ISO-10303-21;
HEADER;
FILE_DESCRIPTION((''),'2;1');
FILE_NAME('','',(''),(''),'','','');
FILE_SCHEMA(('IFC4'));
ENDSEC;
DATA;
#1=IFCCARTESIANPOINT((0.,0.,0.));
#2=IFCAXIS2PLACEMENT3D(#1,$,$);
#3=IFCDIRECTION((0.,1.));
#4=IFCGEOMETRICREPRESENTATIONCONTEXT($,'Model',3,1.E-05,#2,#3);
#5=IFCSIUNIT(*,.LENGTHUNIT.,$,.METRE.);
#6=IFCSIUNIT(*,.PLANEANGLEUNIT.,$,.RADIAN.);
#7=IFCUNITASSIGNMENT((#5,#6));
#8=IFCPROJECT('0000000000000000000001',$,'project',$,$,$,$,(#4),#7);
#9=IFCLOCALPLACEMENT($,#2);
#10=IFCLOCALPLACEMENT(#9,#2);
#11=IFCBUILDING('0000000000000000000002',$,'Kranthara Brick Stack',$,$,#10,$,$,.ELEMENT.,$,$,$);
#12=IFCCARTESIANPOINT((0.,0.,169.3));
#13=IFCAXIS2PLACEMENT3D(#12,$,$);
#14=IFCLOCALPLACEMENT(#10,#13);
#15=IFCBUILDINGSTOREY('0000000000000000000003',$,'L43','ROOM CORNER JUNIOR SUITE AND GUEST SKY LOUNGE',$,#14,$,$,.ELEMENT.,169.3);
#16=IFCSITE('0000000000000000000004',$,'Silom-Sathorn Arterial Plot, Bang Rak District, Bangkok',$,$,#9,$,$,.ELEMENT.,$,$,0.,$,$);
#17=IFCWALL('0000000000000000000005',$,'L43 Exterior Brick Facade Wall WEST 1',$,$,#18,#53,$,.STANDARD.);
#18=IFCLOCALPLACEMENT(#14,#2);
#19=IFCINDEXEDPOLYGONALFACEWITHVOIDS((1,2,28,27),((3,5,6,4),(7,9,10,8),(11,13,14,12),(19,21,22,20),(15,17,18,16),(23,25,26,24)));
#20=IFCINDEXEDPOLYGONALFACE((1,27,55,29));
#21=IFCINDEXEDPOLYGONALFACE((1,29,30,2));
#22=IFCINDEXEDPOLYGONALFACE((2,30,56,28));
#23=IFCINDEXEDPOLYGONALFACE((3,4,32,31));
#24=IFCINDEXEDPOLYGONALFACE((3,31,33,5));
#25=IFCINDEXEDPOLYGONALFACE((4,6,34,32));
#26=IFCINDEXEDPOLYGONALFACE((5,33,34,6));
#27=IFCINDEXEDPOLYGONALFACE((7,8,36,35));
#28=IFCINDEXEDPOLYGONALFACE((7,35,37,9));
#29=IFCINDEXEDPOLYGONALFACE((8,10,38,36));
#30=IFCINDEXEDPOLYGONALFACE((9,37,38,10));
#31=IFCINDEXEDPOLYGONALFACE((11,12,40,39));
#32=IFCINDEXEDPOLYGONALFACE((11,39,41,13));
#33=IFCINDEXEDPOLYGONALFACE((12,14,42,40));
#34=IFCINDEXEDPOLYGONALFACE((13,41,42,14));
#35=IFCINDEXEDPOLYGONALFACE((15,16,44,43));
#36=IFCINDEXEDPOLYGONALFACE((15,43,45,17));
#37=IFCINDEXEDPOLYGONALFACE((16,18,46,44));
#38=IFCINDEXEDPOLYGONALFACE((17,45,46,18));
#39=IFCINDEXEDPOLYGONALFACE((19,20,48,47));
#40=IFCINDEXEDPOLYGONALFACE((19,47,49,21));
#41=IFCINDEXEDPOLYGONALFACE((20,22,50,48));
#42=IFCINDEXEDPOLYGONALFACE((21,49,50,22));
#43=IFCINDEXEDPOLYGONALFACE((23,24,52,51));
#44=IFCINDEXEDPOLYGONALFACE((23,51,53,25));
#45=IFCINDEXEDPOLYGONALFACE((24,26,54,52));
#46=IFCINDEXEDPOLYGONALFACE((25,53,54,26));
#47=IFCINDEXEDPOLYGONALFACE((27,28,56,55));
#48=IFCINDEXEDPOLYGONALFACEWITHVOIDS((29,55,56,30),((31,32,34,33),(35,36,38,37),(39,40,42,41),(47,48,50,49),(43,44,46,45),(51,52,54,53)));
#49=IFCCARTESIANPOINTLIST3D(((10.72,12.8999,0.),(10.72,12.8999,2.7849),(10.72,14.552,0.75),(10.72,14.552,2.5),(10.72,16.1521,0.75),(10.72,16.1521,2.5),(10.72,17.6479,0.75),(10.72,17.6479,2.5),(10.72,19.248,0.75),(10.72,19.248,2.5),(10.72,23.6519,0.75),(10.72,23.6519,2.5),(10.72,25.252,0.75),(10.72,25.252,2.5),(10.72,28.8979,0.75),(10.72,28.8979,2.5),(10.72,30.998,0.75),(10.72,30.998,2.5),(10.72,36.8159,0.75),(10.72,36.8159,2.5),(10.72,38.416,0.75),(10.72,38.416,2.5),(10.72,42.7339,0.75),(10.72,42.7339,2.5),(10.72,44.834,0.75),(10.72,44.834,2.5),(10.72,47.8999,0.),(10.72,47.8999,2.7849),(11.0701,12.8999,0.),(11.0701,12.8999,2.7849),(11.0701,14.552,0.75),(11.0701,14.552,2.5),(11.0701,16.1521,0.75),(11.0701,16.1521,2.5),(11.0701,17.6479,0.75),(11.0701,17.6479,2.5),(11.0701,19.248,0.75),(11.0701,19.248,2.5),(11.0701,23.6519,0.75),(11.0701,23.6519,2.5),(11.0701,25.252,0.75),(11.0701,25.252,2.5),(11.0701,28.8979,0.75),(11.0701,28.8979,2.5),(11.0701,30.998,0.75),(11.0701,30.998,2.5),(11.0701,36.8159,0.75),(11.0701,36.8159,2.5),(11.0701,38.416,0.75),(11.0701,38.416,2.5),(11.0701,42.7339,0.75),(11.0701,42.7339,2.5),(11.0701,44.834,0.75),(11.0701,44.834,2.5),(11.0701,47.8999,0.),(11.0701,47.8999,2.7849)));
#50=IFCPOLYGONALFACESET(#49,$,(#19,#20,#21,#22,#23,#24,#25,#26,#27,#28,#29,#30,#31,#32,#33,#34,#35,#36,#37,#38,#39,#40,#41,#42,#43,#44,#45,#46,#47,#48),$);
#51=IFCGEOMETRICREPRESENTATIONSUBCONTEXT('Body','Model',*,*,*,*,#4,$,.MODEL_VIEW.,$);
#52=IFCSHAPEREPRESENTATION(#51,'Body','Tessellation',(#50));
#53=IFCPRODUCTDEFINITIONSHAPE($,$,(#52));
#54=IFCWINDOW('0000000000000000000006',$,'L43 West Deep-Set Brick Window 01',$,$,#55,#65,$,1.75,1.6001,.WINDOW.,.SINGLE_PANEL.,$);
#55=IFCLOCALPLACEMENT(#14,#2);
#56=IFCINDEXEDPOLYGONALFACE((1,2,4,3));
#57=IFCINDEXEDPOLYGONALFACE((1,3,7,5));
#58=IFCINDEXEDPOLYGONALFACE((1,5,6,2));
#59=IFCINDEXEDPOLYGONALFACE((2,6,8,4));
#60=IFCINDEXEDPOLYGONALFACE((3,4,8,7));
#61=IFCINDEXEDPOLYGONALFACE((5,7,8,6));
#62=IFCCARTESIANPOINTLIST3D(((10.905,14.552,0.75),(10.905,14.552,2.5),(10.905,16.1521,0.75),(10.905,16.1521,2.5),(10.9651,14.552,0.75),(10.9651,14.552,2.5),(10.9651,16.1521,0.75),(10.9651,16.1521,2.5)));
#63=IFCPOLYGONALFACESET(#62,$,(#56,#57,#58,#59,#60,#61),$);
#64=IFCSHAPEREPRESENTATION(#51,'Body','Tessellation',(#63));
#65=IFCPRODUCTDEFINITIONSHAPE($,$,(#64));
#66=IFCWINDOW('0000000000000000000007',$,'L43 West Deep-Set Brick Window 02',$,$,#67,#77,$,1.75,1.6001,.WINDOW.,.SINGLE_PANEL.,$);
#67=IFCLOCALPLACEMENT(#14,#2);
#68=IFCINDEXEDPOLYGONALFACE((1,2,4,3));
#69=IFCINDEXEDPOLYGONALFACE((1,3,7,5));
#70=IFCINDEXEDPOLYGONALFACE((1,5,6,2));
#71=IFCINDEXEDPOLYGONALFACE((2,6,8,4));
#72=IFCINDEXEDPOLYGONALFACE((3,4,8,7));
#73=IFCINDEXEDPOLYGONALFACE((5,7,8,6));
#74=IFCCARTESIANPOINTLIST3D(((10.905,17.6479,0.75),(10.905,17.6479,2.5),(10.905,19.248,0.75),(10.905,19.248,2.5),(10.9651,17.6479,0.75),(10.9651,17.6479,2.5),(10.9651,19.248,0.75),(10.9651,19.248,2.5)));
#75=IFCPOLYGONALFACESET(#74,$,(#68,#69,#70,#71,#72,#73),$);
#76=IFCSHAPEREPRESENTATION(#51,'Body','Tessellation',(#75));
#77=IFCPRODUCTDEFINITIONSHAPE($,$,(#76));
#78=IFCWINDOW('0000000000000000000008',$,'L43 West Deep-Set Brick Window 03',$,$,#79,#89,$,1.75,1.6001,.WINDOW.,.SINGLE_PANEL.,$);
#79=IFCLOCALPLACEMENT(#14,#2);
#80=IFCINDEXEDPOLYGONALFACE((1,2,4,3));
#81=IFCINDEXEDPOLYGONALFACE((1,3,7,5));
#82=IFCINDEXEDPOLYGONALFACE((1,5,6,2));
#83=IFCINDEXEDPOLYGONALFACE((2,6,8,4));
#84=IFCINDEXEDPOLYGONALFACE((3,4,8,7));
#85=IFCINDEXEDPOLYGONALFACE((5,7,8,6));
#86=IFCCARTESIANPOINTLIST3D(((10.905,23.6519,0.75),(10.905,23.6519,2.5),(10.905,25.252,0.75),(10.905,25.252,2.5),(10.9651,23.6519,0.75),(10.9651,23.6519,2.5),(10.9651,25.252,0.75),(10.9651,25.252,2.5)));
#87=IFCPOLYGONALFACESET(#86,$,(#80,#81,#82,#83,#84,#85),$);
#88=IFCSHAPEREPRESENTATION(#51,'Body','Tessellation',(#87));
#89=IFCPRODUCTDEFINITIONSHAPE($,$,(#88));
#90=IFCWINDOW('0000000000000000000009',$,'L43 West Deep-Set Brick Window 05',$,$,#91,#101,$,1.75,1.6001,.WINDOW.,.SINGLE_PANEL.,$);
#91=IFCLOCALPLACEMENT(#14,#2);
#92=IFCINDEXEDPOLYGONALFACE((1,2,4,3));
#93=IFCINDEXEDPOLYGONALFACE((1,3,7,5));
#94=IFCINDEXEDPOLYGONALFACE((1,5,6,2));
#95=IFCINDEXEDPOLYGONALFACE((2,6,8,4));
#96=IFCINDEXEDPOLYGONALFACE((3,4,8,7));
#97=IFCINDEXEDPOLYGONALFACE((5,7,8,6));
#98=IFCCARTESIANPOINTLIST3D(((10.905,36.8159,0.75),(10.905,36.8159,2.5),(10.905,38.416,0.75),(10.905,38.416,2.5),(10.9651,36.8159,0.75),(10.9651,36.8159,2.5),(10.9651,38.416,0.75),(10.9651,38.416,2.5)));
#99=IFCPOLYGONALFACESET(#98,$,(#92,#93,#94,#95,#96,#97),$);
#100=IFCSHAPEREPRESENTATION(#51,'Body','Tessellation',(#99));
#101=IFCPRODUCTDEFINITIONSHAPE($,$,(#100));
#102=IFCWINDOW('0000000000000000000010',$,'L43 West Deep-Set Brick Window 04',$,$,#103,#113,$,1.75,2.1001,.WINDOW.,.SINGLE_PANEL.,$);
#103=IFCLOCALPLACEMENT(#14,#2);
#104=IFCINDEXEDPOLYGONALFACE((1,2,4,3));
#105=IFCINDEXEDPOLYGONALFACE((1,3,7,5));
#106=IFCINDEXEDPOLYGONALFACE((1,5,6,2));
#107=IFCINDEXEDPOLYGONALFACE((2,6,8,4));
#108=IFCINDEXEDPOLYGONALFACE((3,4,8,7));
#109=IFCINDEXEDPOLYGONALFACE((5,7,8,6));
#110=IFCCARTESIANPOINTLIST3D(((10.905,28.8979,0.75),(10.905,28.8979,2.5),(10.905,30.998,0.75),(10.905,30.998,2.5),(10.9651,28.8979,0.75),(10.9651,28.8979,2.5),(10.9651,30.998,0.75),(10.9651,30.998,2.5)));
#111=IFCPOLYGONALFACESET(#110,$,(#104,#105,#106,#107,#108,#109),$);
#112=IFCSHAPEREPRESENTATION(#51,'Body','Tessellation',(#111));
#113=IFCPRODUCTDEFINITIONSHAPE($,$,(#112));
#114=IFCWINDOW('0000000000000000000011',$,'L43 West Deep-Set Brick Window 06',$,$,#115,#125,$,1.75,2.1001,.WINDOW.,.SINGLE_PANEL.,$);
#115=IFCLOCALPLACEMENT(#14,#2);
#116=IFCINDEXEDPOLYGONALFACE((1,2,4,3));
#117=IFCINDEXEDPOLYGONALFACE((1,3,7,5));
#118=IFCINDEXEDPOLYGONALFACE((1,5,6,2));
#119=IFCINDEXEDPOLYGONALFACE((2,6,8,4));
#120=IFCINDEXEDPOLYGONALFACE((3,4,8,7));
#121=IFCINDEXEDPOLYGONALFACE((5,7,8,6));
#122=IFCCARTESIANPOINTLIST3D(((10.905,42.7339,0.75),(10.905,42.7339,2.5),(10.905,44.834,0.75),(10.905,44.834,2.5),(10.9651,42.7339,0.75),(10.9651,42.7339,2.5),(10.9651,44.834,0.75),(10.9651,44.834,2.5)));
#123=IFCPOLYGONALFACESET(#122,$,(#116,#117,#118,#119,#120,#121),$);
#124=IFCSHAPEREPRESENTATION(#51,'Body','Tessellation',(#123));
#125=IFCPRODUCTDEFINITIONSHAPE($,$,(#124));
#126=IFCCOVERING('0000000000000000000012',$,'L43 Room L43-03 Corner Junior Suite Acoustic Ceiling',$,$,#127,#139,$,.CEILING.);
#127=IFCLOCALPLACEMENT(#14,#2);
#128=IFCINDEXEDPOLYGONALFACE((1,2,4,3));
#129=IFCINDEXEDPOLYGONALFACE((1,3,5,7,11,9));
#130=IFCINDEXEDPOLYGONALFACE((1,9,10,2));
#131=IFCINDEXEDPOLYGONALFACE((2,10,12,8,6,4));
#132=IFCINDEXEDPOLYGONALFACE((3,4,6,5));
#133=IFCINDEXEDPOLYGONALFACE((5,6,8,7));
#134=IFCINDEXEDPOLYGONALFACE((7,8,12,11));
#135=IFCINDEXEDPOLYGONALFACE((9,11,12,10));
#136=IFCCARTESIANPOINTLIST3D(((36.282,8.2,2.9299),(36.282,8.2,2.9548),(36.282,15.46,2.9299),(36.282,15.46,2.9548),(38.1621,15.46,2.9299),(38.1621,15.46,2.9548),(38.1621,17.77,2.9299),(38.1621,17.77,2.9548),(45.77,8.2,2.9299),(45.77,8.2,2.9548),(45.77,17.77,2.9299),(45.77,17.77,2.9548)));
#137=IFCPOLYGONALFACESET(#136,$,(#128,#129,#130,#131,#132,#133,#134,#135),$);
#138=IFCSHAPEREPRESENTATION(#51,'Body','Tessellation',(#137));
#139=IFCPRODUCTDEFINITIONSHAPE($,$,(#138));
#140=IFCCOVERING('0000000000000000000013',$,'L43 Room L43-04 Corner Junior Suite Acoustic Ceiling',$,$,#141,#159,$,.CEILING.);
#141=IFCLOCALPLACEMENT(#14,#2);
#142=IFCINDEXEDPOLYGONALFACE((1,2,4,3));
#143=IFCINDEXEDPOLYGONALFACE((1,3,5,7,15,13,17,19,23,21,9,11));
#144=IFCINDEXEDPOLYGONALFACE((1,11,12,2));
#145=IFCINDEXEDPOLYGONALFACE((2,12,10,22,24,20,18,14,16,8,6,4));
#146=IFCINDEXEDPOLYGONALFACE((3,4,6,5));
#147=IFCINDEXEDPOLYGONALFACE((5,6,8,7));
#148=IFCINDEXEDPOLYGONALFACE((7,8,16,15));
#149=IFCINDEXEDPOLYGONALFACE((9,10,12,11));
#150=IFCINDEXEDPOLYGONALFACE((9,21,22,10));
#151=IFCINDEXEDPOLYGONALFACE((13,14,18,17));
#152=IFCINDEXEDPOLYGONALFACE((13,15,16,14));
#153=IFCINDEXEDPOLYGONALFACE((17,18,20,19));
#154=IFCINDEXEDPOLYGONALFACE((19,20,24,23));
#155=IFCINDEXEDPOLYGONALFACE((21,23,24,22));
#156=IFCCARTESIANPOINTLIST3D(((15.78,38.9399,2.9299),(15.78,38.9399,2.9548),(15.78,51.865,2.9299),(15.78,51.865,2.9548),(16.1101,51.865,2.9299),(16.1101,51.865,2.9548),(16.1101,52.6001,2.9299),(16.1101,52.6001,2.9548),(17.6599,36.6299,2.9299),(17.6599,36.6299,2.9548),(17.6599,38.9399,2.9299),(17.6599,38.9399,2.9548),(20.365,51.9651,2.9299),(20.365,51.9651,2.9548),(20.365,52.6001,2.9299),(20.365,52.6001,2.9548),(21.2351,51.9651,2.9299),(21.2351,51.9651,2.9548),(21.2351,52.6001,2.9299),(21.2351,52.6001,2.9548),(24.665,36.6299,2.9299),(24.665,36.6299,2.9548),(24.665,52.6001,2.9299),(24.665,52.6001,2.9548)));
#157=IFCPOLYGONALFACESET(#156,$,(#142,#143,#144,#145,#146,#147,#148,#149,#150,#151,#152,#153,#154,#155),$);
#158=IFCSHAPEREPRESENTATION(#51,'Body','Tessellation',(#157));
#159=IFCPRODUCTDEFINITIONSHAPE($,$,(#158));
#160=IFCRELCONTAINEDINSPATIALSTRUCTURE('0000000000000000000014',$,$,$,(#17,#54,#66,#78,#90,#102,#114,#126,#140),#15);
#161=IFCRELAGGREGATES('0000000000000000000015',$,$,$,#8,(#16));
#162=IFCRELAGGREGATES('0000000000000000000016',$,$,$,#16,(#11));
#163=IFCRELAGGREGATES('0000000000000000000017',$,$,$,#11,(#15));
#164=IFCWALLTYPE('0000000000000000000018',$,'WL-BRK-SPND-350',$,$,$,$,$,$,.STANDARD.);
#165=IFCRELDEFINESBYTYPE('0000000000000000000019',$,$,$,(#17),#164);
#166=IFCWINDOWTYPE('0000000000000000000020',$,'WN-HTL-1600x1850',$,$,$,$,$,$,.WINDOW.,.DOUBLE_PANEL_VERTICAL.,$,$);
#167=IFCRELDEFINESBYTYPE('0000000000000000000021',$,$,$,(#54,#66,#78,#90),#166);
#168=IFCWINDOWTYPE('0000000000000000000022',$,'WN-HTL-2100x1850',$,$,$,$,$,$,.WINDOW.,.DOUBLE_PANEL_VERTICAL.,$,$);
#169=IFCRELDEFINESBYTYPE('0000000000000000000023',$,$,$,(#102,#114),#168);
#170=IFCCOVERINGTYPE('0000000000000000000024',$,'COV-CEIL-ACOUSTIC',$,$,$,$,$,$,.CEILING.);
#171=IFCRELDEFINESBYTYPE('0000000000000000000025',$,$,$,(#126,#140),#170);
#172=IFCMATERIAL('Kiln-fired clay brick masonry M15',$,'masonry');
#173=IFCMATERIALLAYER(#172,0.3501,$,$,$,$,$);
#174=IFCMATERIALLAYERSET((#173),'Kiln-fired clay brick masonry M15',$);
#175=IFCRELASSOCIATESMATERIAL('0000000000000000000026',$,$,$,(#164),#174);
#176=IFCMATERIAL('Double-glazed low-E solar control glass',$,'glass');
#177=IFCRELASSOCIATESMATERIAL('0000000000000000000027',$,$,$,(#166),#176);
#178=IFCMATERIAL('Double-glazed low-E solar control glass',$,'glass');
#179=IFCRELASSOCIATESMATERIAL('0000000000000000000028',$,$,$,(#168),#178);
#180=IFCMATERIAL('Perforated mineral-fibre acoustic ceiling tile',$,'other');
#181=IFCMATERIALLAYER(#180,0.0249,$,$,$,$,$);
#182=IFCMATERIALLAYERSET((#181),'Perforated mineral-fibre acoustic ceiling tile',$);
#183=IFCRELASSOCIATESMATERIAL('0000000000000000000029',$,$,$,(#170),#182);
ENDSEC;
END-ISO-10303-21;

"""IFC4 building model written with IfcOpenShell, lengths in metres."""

from ifc_helpers import new_model, si_unit, direction, frame, frame_2d, origin, place, context, subcontext, project, spatial, polyline, rectangle, outline, extrude, material, layer, layer_set, type_object, element, fill, save


model = new_model("IFC4")

# Units and contexts
model_context = context("Model", 3, precision=1e-05, world=origin(), true_north=direction((0.0, 1.0)))
body_context = subcontext(model_context, "Body", "Model", "MODEL_VIEW")
ifc_project = project(units=[si_unit("LENGTHUNIT", "METRE"), si_unit("PLANEANGLEUNIT", "RADIAN")], contexts=[model_context])

# Site, building, storey
site_placement = place(None, origin())
site = spatial("IfcSite", under=ifc_project, at=site_placement, Name="Silom-Sathorn Arterial Plot, Bang Rak District, Bangkok", CompositionType="ELEMENT", RefElevation=0.0)
building_placement = place(site_placement, origin())
building = spatial("IfcBuilding", under=site, at=building_placement, Name="Kranthara Brick Stack", CompositionType="ELEMENT")
storey_placement = place(building_placement, frame((0.0, 0.0, 169.3)))
storey = spatial("IfcBuildingStorey", under=building, at=storey_placement, Name="L43", Description="ROOM CORNER JUNIOR SUITE AND GUEST SKY LOUNGE", CompositionType="ELEMENT", Elevation=169.3)

# Wall, openings, windows
ifc_material_1 = material(Name="Kiln-fired clay brick masonry M15", Category="masonry")
ifc_layer_1 = layer(ifc_material_1, 0.3501)
ifc_layer_set_1 = layer_set([ifc_layer_1], Name="Kiln-fired clay brick masonry M15")
wall_type = type_object("IfcWallType", Name="WL-BRK-SPND-350", PredefinedType="STANDARD", material=ifc_layer_set_1)
wall_placement = place(storey_placement, frame((10.895, 12.8999, 0.0), z_axis=(0.0, 0.0, 1.0), x_axis=(0.0, 1.0, 0.0)))
wall = element("IfcWall", 1, at=wall_placement, inside=storey, type_object=wall_type, Name="L43 Exterior Brick Facade Wall WEST 1", PredefinedType="STANDARD", context=body_context, shape_type="SweptSolid", body=[
    extrude(rectangle(XDim=35.0, YDim=0.3501, at=frame_2d((17.5, 0.0))), origin(), (0.0, 0.0, 1.0), 2.7849),
])
opening_1_placement = place(wall_placement, frame((1.6521, 0.0, 0.75)))
opening_1 = element("IfcOpeningElement", 2, at=opening_1_placement, cuts=wall, PredefinedType="OPENING", context=body_context, shape_type="SweptSolid", body=[
    extrude(rectangle(XDim=1.6001, YDim=1.75, at=frame_2d((0.8, 0.875))), frame((0.0, 0.1851, 0.0), z_axis=(0.0, -1.0, 0.0), x_axis=(1.0, 0.0, 0.0)), (0.0, 0.0, 1.0), 0.3701),
])
opening_2_placement = place(wall_placement, frame((4.748, 0.0, 0.75)))
opening_2 = element("IfcOpeningElement", 3, at=opening_2_placement, cuts=wall, PredefinedType="OPENING", context=body_context, shape_type="SweptSolid", body=[
    extrude(rectangle(XDim=1.6001, YDim=1.75, at=frame_2d((0.8, 0.875))), frame((0.0, 0.1851, 0.0), z_axis=(0.0, -1.0, 0.0), x_axis=(1.0, 0.0, 0.0)), (0.0, 0.0, 1.0), 0.3701),
])
opening_3_placement = place(wall_placement, frame((10.752, 0.0, 0.75)))
opening_3 = element("IfcOpeningElement", 4, at=opening_3_placement, cuts=wall, PredefinedType="OPENING", context=body_context, shape_type="SweptSolid", body=[
    extrude(rectangle(XDim=1.6001, YDim=1.75, at=frame_2d((0.8, 0.875))), frame((0.0, 0.1851, 0.0), z_axis=(0.0, -1.0, 0.0), x_axis=(1.0, 0.0, 0.0)), (0.0, 0.0, 1.0), 0.3701),
])
opening_4_placement = place(wall_placement, frame((15.998, 0.0, 0.75)))
opening_4 = element("IfcOpeningElement", 5, at=opening_4_placement, cuts=wall, PredefinedType="OPENING", context=body_context, shape_type="SweptSolid", body=[
    extrude(rectangle(XDim=2.1001, YDim=1.75, at=frame_2d((1.05, 0.875))), frame((0.0, 0.1851, 0.0), z_axis=(0.0, -1.0, 0.0), x_axis=(1.0, 0.0, 0.0)), (0.0, 0.0, 1.0), 0.3701),
])
opening_5_placement = place(wall_placement, frame((23.916, 0.0, 0.75)))
opening_5 = element("IfcOpeningElement", 6, at=opening_5_placement, cuts=wall, PredefinedType="OPENING", context=body_context, shape_type="SweptSolid", body=[
    extrude(rectangle(XDim=1.6001, YDim=1.75, at=frame_2d((0.8, 0.875))), frame((0.0, 0.1851, 0.0), z_axis=(0.0, -1.0, 0.0), x_axis=(1.0, 0.0, 0.0)), (0.0, 0.0, 1.0), 0.3701),
])
opening_6_placement = place(wall_placement, frame((29.834, 0.0, 0.75)))
opening_6 = element("IfcOpeningElement", 7, at=opening_6_placement, cuts=wall, PredefinedType="OPENING", context=body_context, shape_type="SweptSolid", body=[
    extrude(rectangle(XDim=2.1001, YDim=1.75, at=frame_2d((1.05, 0.875))), frame((0.0, 0.1851, 0.0), z_axis=(0.0, -1.0, 0.0), x_axis=(1.0, 0.0, 0.0)), (0.0, 0.0, 1.0), 0.3701),
])
ifc_material_2 = material(Name="Double-glazed low-E solar control glass", Category="glass")
window_type_1 = type_object("IfcWindowType", Name="WN-HTL-1600x1850", PartitioningType="DOUBLE_PANEL_VERTICAL", PredefinedType="WINDOW", material=ifc_material_2)
window_1_placement = place(opening_1_placement, origin())
window_1 = element("IfcWindow", 8, at=window_1_placement, inside=storey, type_object=window_type_1, Name="L43 West Deep-Set Brick Window 01", OverallHeight=1.75, OverallWidth=1.6001, PartitioningType="SINGLE_PANEL", PredefinedType="WINDOW", context=body_context, shape_type="SweptSolid", body=[
    extrude(rectangle(XDim=1.6001, YDim=1.75, at=frame_2d((0.8, 0.875))), frame((0.0, -0.01, 0.0), z_axis=(0.0, -1.0, 0.0), x_axis=(1.0, 0.0, 0.0)), (0.0, 0.0, 1.0), 0.0601),
])
fill(opening_1, window_1)
window_2_placement = place(opening_2_placement, origin())
window_2 = element("IfcWindow", 9, at=window_2_placement, inside=storey, type_object=window_type_1, Name="L43 West Deep-Set Brick Window 02", OverallHeight=1.75, OverallWidth=1.6001, PartitioningType="SINGLE_PANEL", PredefinedType="WINDOW", context=body_context, shape_type="SweptSolid", body=[
    extrude(rectangle(XDim=1.6001, YDim=1.75, at=frame_2d((0.8, 0.875))), frame((0.0, -0.01, 0.0), z_axis=(0.0, -1.0, 0.0), x_axis=(1.0, 0.0, 0.0)), (0.0, 0.0, 1.0), 0.0601),
])
fill(opening_2, window_2)
window_3_placement = place(opening_3_placement, origin())
window_3 = element("IfcWindow", 10, at=window_3_placement, inside=storey, type_object=window_type_1, Name="L43 West Deep-Set Brick Window 03", OverallHeight=1.75, OverallWidth=1.6001, PartitioningType="SINGLE_PANEL", PredefinedType="WINDOW", context=body_context, shape_type="SweptSolid", body=[
    extrude(rectangle(XDim=1.6001, YDim=1.75, at=frame_2d((0.8, 0.875))), frame((0.0, -0.01, 0.0), z_axis=(0.0, -1.0, 0.0), x_axis=(1.0, 0.0, 0.0)), (0.0, 0.0, 1.0), 0.0601),
])
fill(opening_3, window_3)
window_4_placement = place(opening_5_placement, origin())
window_4 = element("IfcWindow", 11, at=window_4_placement, inside=storey, type_object=window_type_1, Name="L43 West Deep-Set Brick Window 05", OverallHeight=1.75, OverallWidth=1.6001, PartitioningType="SINGLE_PANEL", PredefinedType="WINDOW", context=body_context, shape_type="SweptSolid", body=[
    extrude(rectangle(XDim=1.6001, YDim=1.75, at=frame_2d((0.8, 0.875))), frame((0.0, -0.01, 0.0), z_axis=(0.0, -1.0, 0.0), x_axis=(1.0, 0.0, 0.0)), (0.0, 0.0, 1.0), 0.0601),
])
fill(opening_5, window_4)
ifc_material_3 = material(Name="Double-glazed low-E solar control glass", Category="glass")
window_type_2 = type_object("IfcWindowType", Name="WN-HTL-2100x1850", PartitioningType="DOUBLE_PANEL_VERTICAL", PredefinedType="WINDOW", material=ifc_material_3)
window_5_placement = place(opening_4_placement, origin())
window_5 = element("IfcWindow", 12, at=window_5_placement, inside=storey, type_object=window_type_2, Name="L43 West Deep-Set Brick Window 04", OverallHeight=1.75, OverallWidth=2.1001, PartitioningType="SINGLE_PANEL", PredefinedType="WINDOW", context=body_context, shape_type="SweptSolid", body=[
    extrude(rectangle(XDim=2.1001, YDim=1.75, at=frame_2d((1.05, 0.875))), frame((0.0, -0.01, 0.0), z_axis=(0.0, -1.0, 0.0), x_axis=(1.0, 0.0, 0.0)), (0.0, 0.0, 1.0), 0.0601),
])
fill(opening_4, window_5)
window_6_placement = place(opening_6_placement, origin())
window_6 = element("IfcWindow", 13, at=window_6_placement, inside=storey, type_object=window_type_2, Name="L43 West Deep-Set Brick Window 06", OverallHeight=1.75, OverallWidth=2.1001, PartitioningType="SINGLE_PANEL", PredefinedType="WINDOW", context=body_context, shape_type="SweptSolid", body=[
    extrude(rectangle(XDim=2.1001, YDim=1.75, at=frame_2d((1.05, 0.875))), frame((0.0, -0.01, 0.0), z_axis=(0.0, -1.0, 0.0), x_axis=(1.0, 0.0, 0.0)), (0.0, 0.0, 1.0), 0.0601),
])
fill(opening_6, window_6)

# Coverings
ifc_material_4 = material(Name="Perforated mineral-fibre acoustic ceiling tile", Category="other")
ifc_layer_2 = layer(ifc_material_4, 0.0249)
ifc_layer_set_2 = layer_set([ifc_layer_2], Name="Perforated mineral-fibre acoustic ceiling tile")
covering_type_1 = type_object("IfcCoveringType", Name="COV-CEIL-ACOUSTIC", PredefinedType="CEILING", material=ifc_layer_set_2)
covering_1_placement = place(storey_placement, frame((0.0, 0.0, 2.9299)))
element("IfcCovering", 14, at=covering_1_placement, inside=storey, type_object=covering_type_1, Name="L43 Room L43-03 Corner Junior Suite Acoustic Ceiling", PredefinedType="CEILING", context=body_context, shape_type="SweptSolid", body=[
    extrude(outline(polyline([(36.282, 8.2), (45.77, 8.2), (45.77, 17.77), (38.1621, 17.77), (38.1621, 15.46), (36.282, 15.46), (36.282, 8.2)])), origin(), (0.0, 0.0, 1.0), 0.0249),
])
covering_2_placement = place(storey_placement, frame((0.0, 0.0, 2.9299)))
element("IfcCovering", 15, at=covering_2_placement, inside=storey, type_object=covering_type_1, Name="L43 Room L43-04 Corner Junior Suite Acoustic Ceiling", PredefinedType="CEILING", context=body_context, shape_type="SweptSolid", body=[
    extrude(outline(polyline([(24.665, 36.6299), (17.6599, 36.6299), (17.6599, 38.9399), (15.78, 38.9399), (15.78, 51.865), (16.1101, 51.865), (16.1101, 52.6001), (20.365, 52.6001), (20.365, 51.9651), (21.2351, 51.9651), (21.2351, 52.6001), (24.665, 52.6001), (24.665, 36.6299)])), origin(), (0.0, 0.0, 1.0), 0.0249),
])

save(model, "model.ifc")
